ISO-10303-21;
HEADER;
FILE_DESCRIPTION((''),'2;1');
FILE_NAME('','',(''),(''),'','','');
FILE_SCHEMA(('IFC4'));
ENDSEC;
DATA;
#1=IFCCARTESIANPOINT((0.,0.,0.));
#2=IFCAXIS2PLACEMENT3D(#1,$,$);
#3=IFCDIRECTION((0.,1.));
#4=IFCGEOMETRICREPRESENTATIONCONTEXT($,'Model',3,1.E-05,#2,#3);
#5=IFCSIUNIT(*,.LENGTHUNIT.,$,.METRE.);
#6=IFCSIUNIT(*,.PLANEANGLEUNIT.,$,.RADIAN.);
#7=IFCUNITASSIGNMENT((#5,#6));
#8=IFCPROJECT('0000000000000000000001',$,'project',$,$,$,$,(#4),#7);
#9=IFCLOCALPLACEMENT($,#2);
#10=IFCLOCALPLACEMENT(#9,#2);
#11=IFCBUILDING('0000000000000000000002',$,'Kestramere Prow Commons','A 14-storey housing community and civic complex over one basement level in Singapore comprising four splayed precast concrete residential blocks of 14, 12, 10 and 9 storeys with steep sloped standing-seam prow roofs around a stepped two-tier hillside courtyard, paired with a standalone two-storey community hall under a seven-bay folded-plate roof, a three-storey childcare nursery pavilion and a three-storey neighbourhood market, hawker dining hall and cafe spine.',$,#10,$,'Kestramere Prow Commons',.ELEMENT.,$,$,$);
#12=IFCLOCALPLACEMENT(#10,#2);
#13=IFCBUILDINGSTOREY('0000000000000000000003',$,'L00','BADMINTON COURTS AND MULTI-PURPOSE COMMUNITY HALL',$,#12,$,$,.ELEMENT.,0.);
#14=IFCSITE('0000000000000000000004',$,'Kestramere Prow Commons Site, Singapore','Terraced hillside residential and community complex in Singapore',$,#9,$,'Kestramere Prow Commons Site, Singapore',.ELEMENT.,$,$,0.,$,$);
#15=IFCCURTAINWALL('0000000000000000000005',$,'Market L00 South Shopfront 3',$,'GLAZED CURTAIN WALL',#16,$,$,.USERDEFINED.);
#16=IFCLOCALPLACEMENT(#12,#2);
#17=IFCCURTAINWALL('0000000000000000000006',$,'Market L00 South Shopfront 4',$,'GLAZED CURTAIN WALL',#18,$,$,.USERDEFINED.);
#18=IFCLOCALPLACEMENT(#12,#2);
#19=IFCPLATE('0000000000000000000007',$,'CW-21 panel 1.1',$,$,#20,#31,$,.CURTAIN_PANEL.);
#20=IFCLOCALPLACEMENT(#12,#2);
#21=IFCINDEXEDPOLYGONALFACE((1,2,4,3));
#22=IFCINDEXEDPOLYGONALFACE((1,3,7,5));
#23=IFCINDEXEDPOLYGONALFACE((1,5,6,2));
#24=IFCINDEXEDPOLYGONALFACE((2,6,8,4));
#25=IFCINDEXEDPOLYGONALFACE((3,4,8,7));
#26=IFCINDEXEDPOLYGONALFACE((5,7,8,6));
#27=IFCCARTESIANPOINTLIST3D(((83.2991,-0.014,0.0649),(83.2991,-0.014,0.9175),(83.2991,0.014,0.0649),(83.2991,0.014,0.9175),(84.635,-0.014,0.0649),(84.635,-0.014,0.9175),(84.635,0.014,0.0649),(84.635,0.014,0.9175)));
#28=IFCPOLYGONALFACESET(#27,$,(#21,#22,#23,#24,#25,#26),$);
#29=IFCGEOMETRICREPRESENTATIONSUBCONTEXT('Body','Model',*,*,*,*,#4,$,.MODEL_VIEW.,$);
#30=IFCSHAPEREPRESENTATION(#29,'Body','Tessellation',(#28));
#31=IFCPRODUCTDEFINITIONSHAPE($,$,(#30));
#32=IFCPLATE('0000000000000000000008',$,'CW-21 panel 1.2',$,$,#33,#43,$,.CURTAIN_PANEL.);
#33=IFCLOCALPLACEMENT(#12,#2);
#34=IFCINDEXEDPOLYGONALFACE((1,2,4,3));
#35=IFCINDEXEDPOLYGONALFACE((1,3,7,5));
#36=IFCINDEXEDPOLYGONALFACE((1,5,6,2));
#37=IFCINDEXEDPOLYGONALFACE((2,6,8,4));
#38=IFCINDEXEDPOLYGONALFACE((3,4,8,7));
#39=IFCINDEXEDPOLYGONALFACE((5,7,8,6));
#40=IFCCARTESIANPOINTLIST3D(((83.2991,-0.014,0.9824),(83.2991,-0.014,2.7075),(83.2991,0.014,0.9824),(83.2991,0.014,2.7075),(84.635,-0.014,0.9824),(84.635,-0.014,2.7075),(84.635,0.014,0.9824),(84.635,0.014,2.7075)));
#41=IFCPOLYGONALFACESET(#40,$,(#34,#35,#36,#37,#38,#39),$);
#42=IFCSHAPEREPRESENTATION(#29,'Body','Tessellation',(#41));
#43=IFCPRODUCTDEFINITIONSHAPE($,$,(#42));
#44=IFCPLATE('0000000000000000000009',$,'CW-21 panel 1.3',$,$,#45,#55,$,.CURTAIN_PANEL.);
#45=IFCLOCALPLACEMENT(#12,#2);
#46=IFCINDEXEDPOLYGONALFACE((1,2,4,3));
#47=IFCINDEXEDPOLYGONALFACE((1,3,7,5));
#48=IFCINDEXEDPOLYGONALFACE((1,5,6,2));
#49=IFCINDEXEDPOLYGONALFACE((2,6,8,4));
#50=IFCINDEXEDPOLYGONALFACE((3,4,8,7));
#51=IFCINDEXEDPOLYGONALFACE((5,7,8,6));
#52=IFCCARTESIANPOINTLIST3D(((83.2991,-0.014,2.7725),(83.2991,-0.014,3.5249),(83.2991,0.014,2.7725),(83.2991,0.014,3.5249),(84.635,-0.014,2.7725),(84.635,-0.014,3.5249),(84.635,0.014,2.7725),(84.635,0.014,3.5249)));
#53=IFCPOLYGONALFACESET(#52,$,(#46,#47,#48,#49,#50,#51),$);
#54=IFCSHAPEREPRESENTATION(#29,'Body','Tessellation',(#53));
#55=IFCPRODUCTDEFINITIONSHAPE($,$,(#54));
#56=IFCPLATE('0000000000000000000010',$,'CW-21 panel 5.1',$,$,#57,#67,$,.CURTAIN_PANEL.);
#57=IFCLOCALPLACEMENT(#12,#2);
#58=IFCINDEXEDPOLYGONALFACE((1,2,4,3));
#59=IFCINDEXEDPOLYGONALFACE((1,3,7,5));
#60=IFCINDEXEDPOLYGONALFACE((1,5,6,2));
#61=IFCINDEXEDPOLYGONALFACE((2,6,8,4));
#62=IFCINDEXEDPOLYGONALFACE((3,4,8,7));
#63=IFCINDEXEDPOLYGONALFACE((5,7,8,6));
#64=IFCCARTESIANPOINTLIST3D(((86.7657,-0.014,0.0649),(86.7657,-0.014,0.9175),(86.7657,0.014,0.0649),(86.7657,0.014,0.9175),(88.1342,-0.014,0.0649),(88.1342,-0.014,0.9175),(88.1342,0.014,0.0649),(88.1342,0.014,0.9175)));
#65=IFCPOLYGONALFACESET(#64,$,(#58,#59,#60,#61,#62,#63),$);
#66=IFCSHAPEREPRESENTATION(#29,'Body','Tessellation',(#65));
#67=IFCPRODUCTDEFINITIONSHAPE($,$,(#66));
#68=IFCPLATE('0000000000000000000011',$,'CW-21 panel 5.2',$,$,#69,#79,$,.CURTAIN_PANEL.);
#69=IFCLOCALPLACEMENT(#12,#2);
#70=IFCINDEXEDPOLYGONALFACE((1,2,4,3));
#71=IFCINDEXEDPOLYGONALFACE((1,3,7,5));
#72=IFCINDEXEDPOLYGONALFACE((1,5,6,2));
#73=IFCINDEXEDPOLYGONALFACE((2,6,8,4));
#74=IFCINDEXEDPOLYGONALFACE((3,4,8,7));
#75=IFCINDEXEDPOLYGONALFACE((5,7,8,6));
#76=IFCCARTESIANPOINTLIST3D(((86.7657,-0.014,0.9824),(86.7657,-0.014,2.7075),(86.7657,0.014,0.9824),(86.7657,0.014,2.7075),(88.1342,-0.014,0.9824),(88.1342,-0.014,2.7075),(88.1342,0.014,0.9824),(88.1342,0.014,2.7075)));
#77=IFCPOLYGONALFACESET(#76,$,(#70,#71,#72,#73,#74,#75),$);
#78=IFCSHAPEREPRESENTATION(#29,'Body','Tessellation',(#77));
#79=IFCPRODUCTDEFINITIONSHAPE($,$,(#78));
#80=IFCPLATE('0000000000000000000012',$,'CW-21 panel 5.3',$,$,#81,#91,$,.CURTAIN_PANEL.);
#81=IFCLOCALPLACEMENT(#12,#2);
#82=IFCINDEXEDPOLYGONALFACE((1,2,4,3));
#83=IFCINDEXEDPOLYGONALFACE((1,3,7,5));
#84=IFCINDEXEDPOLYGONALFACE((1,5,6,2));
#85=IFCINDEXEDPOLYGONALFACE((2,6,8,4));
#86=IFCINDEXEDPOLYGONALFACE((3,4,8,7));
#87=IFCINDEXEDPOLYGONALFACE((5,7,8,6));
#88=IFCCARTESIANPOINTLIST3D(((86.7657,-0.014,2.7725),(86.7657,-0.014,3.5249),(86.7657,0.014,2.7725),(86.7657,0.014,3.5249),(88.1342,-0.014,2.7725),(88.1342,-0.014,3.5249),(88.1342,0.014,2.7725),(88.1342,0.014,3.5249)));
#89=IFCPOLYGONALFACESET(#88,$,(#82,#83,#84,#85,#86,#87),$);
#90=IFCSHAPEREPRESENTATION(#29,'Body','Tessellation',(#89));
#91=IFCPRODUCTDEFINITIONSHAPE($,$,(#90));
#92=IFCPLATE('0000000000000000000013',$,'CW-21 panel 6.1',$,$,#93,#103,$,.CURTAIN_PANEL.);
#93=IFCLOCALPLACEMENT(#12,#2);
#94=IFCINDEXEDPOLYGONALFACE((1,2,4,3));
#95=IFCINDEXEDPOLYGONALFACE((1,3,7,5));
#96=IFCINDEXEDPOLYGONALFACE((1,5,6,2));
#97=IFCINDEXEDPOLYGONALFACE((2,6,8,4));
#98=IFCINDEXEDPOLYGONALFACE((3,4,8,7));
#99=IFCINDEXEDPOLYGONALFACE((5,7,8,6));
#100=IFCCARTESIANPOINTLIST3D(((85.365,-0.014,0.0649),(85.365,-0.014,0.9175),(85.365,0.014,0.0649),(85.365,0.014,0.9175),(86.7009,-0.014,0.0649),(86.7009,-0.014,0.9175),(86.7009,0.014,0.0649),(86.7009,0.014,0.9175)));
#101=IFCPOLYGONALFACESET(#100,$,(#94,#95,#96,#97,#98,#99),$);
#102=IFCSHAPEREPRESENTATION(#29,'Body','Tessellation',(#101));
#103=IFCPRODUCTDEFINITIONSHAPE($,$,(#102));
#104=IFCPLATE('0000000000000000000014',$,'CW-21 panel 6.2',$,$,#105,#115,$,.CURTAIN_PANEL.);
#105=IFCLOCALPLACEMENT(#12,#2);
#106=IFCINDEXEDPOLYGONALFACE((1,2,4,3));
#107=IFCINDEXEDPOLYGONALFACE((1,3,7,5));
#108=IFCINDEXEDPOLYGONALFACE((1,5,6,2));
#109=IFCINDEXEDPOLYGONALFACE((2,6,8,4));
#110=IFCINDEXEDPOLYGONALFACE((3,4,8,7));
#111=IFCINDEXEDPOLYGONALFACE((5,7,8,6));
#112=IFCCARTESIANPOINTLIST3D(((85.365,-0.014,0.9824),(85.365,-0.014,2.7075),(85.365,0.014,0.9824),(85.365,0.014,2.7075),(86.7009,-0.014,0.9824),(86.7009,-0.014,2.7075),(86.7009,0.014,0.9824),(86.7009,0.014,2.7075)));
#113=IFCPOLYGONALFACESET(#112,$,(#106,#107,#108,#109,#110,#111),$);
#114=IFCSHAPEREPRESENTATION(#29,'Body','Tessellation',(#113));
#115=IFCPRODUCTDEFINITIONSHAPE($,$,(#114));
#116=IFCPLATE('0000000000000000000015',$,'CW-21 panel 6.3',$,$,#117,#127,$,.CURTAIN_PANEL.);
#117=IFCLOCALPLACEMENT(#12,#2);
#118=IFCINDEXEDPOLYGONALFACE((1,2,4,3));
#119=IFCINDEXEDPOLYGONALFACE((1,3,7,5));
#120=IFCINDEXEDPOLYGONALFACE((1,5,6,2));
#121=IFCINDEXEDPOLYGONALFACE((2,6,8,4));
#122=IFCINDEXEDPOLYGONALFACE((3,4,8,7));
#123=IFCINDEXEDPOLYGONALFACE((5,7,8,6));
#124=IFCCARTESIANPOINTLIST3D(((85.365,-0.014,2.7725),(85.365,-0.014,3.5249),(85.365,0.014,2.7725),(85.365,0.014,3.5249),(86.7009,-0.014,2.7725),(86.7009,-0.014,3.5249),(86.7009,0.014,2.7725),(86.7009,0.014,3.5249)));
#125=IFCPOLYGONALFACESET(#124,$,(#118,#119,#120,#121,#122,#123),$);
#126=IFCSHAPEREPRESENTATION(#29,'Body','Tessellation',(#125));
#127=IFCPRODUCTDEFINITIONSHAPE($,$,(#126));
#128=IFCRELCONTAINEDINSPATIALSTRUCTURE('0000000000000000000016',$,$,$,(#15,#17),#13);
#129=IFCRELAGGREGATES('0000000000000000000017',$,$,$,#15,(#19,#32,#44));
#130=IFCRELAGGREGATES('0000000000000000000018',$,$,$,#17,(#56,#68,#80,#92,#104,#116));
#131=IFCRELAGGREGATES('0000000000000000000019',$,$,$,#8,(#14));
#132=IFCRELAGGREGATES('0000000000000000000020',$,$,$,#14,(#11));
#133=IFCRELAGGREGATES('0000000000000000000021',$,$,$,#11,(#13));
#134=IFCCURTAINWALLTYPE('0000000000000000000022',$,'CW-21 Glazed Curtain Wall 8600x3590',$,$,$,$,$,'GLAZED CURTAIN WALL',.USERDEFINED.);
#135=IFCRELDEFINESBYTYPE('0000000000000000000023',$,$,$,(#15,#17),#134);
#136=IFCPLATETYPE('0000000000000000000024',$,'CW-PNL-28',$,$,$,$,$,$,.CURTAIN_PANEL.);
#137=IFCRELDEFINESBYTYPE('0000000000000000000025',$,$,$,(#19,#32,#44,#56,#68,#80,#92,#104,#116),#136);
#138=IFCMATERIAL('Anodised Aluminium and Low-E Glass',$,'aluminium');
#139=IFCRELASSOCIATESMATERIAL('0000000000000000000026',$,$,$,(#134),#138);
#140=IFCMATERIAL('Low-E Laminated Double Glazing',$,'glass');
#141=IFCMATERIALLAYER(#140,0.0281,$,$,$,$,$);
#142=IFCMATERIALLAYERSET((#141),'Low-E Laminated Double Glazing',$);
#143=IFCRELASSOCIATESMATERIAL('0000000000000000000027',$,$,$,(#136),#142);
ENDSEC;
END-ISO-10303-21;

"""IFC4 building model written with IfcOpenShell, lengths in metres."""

from ifc_helpers import new_model, si_unit, direction, frame, origin, origin_2d, place, context, subcontext, project, spatial, rectangle, extrude, material, layer, layer_set, type_object, element, aggregate, save


model = new_model("IFC4")

# Units and contexts
model_context = context("Model", 3, precision=1e-05, world=origin(), true_north=direction((0.0, 1.0)))
body_context = subcontext(model_context, "Body", "Model", "MODEL_VIEW")
ifc_project = project(units=[si_unit("LENGTHUNIT", "METRE"), si_unit("PLANEANGLEUNIT", "RADIAN")], contexts=[model_context])

# Site, building, storey
site_placement = place(None, origin())
site = spatial("IfcSite", under=ifc_project, at=site_placement, Name="Kestramere Prow Commons Site, Singapore", Description="Terraced hillside residential and community complex in Singapore", LongName="Kestramere Prow Commons Site, Singapore", CompositionType="ELEMENT", RefElevation=0.0)
building_placement = place(site_placement, origin())
building = spatial("IfcBuilding", under=site, at=building_placement, Name="Kestramere Prow Commons", Description="A 14-storey housing community and civic complex over one basement level in Singapore comprising four splayed precast concrete residential blocks of 14, 12, 10 and 9 storeys with steep sloped standing-seam prow roofs around a stepped two-tier hillside courtyard, paired with a standalone two-storey community hall under a seven-bay folded-plate roof, a three-storey childcare nursery pavilion and a three-storey neighbourhood market, hawker dining hall and cafe spine.", LongName="Kestramere Prow Commons", CompositionType="ELEMENT")
storey_placement = place(building_placement, origin())
storey = spatial("IfcBuildingStorey", under=building, at=storey_placement, Name="L00", Description="BADMINTON COURTS AND MULTI-PURPOSE COMMUNITY HALL", CompositionType="ELEMENT", Elevation=0.0)

# Curtain walls
ifc_material_1 = material(Name="Anodised Aluminium and Low-E Glass", Category="aluminium")
curtain_wall_type = type_object("IfcCurtainWallType", Name="CW-21 Glazed Curtain Wall 8600x3590", ElementType="GLAZED CURTAIN WALL", PredefinedType="USERDEFINED", material=ifc_material_1)
curtain_wall_1_placement = place(storey_placement, origin())
curtain_wall_1 = element("IfcCurtainWall", 1, at=curtain_wall_1_placement, inside=storey, type_object=curtain_wall_type, Name="Market L00 South Shopfront 3", ObjectType="GLAZED CURTAIN WALL", PredefinedType="USERDEFINED")
curtain_wall_2_placement = place(storey_placement, origin())
curtain_wall_2 = element("IfcCurtainWall", 2, at=curtain_wall_2_placement, inside=storey, type_object=curtain_wall_type, Name="Market L00 South Shopfront 4", ObjectType="GLAZED CURTAIN WALL", PredefinedType="USERDEFINED")

# Plates
ifc_material_2 = material(Name="Low-E Laminated Double Glazing", Category="glass")
ifc_layer = layer(ifc_material_2, 0.0281)
ifc_layer_set = layer_set([ifc_layer], Name="Low-E Laminated Double Glazing")
plate_type = type_object("IfcPlateType", Name="CW-PNL-28", PredefinedType="CURTAIN_PANEL", material=ifc_layer_set)
plate_1_placement = place(storey_placement, frame((83.967, 0.0, 0.0649), z_axis=(0.0, 0.0, 1.0), x_axis=(-1.0, 0.0, 0.0)))
plate_1 = element("IfcPlate", 3, at=plate_1_placement, type_object=plate_type, Name="CW-21 panel 1.1", PredefinedType="CURTAIN_PANEL", context=body_context, shape_type="SweptSolid", body=[
    extrude(rectangle(XDim=1.3359, YDim=0.0281, at=origin_2d()), origin(), (0.0, 0.0, 1.0), 0.8525),
])
plate_2_placement = place(storey_placement, frame((83.967, 0.0, 0.9824), z_axis=(0.0, 0.0, 1.0), x_axis=(-1.0, 0.0, 0.0)))
plate_2 = element("IfcPlate", 4, at=plate_2_placement, type_object=plate_type, Name="CW-21 panel 1.2", PredefinedType="CURTAIN_PANEL", context=body_context, shape_type="SweptSolid", body=[
    extrude(rectangle(XDim=1.3359, YDim=0.0281, at=origin_2d()), origin(), (0.0, 0.0, 1.0), 1.7251),
])
plate_3_placement = place(storey_placement, frame((83.967, 0.0, 2.7725), z_axis=(0.0, 0.0, 1.0), x_axis=(-1.0, 0.0, 0.0)))
plate_3 = element("IfcPlate", 5, at=plate_3_placement, type_object=plate_type, Name="CW-21 panel 1.3", PredefinedType="CURTAIN_PANEL", context=body_context, shape_type="SweptSolid", body=[
    extrude(rectangle(XDim=1.3359, YDim=0.0281, at=origin_2d()), origin(), (0.0, 0.0, 1.0), 0.7524),
])
aggregate(curtain_wall_1, [plate_1, plate_2, plate_3])
plate_4_placement = place(storey_placement, frame((87.45, 0.0, 0.0649), z_axis=(0.0, 0.0, 1.0), x_axis=(-1.0, 0.0, 0.0)))
plate_4 = element("IfcPlate", 6, at=plate_4_placement, type_object=plate_type, Name="CW-21 panel 5.1", PredefinedType="CURTAIN_PANEL", context=body_context, shape_type="SweptSolid", body=[
    extrude(rectangle(XDim=1.3684, YDim=0.0281, at=origin_2d()), origin(), (0.0, 0.0, 1.0), 0.8525),
])
plate_5_placement = place(storey_placement, frame((87.45, 0.0, 0.9824), z_axis=(0.0, 0.0, 1.0), x_axis=(-1.0, 0.0, 0.0)))
plate_5 = element("IfcPlate", 7, at=plate_5_placement, type_object=plate_type, Name="CW-21 panel 5.2", PredefinedType="CURTAIN_PANEL", context=body_context, shape_type="SweptSolid", body=[
    extrude(rectangle(XDim=1.3684, YDim=0.0281, at=origin_2d()), origin(), (0.0, 0.0, 1.0), 1.7251),
])
plate_6_placement = place(storey_placement, frame((87.45, 0.0, 2.7725), z_axis=(0.0, 0.0, 1.0), x_axis=(-1.0, 0.0, 0.0)))
plate_6 = element("IfcPlate", 8, at=plate_6_placement, type_object=plate_type, Name="CW-21 panel 5.3", PredefinedType="CURTAIN_PANEL", context=body_context, shape_type="SweptSolid", body=[
    extrude(rectangle(XDim=1.3684, YDim=0.0281, at=origin_2d()), origin(), (0.0, 0.0, 1.0), 0.7524),
])
plate_7_placement = place(storey_placement, frame((86.033, 0.0, 0.0649), z_axis=(0.0, 0.0, 1.0), x_axis=(-1.0, 0.0, 0.0)))
plate_7 = element("IfcPlate", 9, at=plate_7_placement, type_object=plate_type, Name="CW-21 panel 6.1", PredefinedType="CURTAIN_PANEL", context=body_context, shape_type="SweptSolid", body=[
    extrude(rectangle(XDim=1.3359, YDim=0.0281, at=origin_2d()), origin(), (0.0, 0.0, 1.0), 0.8525),
])
plate_8_placement = place(storey_placement, frame((86.033, 0.0, 0.9824), z_axis=(0.0, 0.0, 1.0), x_axis=(-1.0, 0.0, 0.0)))
plate_8 = element("IfcPlate", 10, at=plate_8_placement, type_object=plate_type, Name="CW-21 panel 6.2", PredefinedType="CURTAIN_PANEL", context=body_context, shape_type="SweptSolid", body=[
    extrude(rectangle(XDim=1.3359, YDim=0.0281, at=origin_2d()), origin(), (0.0, 0.0, 1.0), 1.7251),
])
plate_9_placement = place(storey_placement, frame((86.033, 0.0, 2.7725), z_axis=(0.0, 0.0, 1.0), x_axis=(-1.0, 0.0, 0.0)))
plate_9 = element("IfcPlate", 11, at=plate_9_placement, type_object=plate_type, Name="CW-21 panel 6.3", PredefinedType="CURTAIN_PANEL", context=body_context, shape_type="SweptSolid", body=[
    extrude(rectangle(XDim=1.3359, YDim=0.0281, at=origin_2d()), origin(), (0.0, 0.0, 1.0), 0.7524),
])
aggregate(curtain_wall_2, [plate_4, plate_5, plate_6, plate_7, plate_8, plate_9])

save(model, "model.ifc")
